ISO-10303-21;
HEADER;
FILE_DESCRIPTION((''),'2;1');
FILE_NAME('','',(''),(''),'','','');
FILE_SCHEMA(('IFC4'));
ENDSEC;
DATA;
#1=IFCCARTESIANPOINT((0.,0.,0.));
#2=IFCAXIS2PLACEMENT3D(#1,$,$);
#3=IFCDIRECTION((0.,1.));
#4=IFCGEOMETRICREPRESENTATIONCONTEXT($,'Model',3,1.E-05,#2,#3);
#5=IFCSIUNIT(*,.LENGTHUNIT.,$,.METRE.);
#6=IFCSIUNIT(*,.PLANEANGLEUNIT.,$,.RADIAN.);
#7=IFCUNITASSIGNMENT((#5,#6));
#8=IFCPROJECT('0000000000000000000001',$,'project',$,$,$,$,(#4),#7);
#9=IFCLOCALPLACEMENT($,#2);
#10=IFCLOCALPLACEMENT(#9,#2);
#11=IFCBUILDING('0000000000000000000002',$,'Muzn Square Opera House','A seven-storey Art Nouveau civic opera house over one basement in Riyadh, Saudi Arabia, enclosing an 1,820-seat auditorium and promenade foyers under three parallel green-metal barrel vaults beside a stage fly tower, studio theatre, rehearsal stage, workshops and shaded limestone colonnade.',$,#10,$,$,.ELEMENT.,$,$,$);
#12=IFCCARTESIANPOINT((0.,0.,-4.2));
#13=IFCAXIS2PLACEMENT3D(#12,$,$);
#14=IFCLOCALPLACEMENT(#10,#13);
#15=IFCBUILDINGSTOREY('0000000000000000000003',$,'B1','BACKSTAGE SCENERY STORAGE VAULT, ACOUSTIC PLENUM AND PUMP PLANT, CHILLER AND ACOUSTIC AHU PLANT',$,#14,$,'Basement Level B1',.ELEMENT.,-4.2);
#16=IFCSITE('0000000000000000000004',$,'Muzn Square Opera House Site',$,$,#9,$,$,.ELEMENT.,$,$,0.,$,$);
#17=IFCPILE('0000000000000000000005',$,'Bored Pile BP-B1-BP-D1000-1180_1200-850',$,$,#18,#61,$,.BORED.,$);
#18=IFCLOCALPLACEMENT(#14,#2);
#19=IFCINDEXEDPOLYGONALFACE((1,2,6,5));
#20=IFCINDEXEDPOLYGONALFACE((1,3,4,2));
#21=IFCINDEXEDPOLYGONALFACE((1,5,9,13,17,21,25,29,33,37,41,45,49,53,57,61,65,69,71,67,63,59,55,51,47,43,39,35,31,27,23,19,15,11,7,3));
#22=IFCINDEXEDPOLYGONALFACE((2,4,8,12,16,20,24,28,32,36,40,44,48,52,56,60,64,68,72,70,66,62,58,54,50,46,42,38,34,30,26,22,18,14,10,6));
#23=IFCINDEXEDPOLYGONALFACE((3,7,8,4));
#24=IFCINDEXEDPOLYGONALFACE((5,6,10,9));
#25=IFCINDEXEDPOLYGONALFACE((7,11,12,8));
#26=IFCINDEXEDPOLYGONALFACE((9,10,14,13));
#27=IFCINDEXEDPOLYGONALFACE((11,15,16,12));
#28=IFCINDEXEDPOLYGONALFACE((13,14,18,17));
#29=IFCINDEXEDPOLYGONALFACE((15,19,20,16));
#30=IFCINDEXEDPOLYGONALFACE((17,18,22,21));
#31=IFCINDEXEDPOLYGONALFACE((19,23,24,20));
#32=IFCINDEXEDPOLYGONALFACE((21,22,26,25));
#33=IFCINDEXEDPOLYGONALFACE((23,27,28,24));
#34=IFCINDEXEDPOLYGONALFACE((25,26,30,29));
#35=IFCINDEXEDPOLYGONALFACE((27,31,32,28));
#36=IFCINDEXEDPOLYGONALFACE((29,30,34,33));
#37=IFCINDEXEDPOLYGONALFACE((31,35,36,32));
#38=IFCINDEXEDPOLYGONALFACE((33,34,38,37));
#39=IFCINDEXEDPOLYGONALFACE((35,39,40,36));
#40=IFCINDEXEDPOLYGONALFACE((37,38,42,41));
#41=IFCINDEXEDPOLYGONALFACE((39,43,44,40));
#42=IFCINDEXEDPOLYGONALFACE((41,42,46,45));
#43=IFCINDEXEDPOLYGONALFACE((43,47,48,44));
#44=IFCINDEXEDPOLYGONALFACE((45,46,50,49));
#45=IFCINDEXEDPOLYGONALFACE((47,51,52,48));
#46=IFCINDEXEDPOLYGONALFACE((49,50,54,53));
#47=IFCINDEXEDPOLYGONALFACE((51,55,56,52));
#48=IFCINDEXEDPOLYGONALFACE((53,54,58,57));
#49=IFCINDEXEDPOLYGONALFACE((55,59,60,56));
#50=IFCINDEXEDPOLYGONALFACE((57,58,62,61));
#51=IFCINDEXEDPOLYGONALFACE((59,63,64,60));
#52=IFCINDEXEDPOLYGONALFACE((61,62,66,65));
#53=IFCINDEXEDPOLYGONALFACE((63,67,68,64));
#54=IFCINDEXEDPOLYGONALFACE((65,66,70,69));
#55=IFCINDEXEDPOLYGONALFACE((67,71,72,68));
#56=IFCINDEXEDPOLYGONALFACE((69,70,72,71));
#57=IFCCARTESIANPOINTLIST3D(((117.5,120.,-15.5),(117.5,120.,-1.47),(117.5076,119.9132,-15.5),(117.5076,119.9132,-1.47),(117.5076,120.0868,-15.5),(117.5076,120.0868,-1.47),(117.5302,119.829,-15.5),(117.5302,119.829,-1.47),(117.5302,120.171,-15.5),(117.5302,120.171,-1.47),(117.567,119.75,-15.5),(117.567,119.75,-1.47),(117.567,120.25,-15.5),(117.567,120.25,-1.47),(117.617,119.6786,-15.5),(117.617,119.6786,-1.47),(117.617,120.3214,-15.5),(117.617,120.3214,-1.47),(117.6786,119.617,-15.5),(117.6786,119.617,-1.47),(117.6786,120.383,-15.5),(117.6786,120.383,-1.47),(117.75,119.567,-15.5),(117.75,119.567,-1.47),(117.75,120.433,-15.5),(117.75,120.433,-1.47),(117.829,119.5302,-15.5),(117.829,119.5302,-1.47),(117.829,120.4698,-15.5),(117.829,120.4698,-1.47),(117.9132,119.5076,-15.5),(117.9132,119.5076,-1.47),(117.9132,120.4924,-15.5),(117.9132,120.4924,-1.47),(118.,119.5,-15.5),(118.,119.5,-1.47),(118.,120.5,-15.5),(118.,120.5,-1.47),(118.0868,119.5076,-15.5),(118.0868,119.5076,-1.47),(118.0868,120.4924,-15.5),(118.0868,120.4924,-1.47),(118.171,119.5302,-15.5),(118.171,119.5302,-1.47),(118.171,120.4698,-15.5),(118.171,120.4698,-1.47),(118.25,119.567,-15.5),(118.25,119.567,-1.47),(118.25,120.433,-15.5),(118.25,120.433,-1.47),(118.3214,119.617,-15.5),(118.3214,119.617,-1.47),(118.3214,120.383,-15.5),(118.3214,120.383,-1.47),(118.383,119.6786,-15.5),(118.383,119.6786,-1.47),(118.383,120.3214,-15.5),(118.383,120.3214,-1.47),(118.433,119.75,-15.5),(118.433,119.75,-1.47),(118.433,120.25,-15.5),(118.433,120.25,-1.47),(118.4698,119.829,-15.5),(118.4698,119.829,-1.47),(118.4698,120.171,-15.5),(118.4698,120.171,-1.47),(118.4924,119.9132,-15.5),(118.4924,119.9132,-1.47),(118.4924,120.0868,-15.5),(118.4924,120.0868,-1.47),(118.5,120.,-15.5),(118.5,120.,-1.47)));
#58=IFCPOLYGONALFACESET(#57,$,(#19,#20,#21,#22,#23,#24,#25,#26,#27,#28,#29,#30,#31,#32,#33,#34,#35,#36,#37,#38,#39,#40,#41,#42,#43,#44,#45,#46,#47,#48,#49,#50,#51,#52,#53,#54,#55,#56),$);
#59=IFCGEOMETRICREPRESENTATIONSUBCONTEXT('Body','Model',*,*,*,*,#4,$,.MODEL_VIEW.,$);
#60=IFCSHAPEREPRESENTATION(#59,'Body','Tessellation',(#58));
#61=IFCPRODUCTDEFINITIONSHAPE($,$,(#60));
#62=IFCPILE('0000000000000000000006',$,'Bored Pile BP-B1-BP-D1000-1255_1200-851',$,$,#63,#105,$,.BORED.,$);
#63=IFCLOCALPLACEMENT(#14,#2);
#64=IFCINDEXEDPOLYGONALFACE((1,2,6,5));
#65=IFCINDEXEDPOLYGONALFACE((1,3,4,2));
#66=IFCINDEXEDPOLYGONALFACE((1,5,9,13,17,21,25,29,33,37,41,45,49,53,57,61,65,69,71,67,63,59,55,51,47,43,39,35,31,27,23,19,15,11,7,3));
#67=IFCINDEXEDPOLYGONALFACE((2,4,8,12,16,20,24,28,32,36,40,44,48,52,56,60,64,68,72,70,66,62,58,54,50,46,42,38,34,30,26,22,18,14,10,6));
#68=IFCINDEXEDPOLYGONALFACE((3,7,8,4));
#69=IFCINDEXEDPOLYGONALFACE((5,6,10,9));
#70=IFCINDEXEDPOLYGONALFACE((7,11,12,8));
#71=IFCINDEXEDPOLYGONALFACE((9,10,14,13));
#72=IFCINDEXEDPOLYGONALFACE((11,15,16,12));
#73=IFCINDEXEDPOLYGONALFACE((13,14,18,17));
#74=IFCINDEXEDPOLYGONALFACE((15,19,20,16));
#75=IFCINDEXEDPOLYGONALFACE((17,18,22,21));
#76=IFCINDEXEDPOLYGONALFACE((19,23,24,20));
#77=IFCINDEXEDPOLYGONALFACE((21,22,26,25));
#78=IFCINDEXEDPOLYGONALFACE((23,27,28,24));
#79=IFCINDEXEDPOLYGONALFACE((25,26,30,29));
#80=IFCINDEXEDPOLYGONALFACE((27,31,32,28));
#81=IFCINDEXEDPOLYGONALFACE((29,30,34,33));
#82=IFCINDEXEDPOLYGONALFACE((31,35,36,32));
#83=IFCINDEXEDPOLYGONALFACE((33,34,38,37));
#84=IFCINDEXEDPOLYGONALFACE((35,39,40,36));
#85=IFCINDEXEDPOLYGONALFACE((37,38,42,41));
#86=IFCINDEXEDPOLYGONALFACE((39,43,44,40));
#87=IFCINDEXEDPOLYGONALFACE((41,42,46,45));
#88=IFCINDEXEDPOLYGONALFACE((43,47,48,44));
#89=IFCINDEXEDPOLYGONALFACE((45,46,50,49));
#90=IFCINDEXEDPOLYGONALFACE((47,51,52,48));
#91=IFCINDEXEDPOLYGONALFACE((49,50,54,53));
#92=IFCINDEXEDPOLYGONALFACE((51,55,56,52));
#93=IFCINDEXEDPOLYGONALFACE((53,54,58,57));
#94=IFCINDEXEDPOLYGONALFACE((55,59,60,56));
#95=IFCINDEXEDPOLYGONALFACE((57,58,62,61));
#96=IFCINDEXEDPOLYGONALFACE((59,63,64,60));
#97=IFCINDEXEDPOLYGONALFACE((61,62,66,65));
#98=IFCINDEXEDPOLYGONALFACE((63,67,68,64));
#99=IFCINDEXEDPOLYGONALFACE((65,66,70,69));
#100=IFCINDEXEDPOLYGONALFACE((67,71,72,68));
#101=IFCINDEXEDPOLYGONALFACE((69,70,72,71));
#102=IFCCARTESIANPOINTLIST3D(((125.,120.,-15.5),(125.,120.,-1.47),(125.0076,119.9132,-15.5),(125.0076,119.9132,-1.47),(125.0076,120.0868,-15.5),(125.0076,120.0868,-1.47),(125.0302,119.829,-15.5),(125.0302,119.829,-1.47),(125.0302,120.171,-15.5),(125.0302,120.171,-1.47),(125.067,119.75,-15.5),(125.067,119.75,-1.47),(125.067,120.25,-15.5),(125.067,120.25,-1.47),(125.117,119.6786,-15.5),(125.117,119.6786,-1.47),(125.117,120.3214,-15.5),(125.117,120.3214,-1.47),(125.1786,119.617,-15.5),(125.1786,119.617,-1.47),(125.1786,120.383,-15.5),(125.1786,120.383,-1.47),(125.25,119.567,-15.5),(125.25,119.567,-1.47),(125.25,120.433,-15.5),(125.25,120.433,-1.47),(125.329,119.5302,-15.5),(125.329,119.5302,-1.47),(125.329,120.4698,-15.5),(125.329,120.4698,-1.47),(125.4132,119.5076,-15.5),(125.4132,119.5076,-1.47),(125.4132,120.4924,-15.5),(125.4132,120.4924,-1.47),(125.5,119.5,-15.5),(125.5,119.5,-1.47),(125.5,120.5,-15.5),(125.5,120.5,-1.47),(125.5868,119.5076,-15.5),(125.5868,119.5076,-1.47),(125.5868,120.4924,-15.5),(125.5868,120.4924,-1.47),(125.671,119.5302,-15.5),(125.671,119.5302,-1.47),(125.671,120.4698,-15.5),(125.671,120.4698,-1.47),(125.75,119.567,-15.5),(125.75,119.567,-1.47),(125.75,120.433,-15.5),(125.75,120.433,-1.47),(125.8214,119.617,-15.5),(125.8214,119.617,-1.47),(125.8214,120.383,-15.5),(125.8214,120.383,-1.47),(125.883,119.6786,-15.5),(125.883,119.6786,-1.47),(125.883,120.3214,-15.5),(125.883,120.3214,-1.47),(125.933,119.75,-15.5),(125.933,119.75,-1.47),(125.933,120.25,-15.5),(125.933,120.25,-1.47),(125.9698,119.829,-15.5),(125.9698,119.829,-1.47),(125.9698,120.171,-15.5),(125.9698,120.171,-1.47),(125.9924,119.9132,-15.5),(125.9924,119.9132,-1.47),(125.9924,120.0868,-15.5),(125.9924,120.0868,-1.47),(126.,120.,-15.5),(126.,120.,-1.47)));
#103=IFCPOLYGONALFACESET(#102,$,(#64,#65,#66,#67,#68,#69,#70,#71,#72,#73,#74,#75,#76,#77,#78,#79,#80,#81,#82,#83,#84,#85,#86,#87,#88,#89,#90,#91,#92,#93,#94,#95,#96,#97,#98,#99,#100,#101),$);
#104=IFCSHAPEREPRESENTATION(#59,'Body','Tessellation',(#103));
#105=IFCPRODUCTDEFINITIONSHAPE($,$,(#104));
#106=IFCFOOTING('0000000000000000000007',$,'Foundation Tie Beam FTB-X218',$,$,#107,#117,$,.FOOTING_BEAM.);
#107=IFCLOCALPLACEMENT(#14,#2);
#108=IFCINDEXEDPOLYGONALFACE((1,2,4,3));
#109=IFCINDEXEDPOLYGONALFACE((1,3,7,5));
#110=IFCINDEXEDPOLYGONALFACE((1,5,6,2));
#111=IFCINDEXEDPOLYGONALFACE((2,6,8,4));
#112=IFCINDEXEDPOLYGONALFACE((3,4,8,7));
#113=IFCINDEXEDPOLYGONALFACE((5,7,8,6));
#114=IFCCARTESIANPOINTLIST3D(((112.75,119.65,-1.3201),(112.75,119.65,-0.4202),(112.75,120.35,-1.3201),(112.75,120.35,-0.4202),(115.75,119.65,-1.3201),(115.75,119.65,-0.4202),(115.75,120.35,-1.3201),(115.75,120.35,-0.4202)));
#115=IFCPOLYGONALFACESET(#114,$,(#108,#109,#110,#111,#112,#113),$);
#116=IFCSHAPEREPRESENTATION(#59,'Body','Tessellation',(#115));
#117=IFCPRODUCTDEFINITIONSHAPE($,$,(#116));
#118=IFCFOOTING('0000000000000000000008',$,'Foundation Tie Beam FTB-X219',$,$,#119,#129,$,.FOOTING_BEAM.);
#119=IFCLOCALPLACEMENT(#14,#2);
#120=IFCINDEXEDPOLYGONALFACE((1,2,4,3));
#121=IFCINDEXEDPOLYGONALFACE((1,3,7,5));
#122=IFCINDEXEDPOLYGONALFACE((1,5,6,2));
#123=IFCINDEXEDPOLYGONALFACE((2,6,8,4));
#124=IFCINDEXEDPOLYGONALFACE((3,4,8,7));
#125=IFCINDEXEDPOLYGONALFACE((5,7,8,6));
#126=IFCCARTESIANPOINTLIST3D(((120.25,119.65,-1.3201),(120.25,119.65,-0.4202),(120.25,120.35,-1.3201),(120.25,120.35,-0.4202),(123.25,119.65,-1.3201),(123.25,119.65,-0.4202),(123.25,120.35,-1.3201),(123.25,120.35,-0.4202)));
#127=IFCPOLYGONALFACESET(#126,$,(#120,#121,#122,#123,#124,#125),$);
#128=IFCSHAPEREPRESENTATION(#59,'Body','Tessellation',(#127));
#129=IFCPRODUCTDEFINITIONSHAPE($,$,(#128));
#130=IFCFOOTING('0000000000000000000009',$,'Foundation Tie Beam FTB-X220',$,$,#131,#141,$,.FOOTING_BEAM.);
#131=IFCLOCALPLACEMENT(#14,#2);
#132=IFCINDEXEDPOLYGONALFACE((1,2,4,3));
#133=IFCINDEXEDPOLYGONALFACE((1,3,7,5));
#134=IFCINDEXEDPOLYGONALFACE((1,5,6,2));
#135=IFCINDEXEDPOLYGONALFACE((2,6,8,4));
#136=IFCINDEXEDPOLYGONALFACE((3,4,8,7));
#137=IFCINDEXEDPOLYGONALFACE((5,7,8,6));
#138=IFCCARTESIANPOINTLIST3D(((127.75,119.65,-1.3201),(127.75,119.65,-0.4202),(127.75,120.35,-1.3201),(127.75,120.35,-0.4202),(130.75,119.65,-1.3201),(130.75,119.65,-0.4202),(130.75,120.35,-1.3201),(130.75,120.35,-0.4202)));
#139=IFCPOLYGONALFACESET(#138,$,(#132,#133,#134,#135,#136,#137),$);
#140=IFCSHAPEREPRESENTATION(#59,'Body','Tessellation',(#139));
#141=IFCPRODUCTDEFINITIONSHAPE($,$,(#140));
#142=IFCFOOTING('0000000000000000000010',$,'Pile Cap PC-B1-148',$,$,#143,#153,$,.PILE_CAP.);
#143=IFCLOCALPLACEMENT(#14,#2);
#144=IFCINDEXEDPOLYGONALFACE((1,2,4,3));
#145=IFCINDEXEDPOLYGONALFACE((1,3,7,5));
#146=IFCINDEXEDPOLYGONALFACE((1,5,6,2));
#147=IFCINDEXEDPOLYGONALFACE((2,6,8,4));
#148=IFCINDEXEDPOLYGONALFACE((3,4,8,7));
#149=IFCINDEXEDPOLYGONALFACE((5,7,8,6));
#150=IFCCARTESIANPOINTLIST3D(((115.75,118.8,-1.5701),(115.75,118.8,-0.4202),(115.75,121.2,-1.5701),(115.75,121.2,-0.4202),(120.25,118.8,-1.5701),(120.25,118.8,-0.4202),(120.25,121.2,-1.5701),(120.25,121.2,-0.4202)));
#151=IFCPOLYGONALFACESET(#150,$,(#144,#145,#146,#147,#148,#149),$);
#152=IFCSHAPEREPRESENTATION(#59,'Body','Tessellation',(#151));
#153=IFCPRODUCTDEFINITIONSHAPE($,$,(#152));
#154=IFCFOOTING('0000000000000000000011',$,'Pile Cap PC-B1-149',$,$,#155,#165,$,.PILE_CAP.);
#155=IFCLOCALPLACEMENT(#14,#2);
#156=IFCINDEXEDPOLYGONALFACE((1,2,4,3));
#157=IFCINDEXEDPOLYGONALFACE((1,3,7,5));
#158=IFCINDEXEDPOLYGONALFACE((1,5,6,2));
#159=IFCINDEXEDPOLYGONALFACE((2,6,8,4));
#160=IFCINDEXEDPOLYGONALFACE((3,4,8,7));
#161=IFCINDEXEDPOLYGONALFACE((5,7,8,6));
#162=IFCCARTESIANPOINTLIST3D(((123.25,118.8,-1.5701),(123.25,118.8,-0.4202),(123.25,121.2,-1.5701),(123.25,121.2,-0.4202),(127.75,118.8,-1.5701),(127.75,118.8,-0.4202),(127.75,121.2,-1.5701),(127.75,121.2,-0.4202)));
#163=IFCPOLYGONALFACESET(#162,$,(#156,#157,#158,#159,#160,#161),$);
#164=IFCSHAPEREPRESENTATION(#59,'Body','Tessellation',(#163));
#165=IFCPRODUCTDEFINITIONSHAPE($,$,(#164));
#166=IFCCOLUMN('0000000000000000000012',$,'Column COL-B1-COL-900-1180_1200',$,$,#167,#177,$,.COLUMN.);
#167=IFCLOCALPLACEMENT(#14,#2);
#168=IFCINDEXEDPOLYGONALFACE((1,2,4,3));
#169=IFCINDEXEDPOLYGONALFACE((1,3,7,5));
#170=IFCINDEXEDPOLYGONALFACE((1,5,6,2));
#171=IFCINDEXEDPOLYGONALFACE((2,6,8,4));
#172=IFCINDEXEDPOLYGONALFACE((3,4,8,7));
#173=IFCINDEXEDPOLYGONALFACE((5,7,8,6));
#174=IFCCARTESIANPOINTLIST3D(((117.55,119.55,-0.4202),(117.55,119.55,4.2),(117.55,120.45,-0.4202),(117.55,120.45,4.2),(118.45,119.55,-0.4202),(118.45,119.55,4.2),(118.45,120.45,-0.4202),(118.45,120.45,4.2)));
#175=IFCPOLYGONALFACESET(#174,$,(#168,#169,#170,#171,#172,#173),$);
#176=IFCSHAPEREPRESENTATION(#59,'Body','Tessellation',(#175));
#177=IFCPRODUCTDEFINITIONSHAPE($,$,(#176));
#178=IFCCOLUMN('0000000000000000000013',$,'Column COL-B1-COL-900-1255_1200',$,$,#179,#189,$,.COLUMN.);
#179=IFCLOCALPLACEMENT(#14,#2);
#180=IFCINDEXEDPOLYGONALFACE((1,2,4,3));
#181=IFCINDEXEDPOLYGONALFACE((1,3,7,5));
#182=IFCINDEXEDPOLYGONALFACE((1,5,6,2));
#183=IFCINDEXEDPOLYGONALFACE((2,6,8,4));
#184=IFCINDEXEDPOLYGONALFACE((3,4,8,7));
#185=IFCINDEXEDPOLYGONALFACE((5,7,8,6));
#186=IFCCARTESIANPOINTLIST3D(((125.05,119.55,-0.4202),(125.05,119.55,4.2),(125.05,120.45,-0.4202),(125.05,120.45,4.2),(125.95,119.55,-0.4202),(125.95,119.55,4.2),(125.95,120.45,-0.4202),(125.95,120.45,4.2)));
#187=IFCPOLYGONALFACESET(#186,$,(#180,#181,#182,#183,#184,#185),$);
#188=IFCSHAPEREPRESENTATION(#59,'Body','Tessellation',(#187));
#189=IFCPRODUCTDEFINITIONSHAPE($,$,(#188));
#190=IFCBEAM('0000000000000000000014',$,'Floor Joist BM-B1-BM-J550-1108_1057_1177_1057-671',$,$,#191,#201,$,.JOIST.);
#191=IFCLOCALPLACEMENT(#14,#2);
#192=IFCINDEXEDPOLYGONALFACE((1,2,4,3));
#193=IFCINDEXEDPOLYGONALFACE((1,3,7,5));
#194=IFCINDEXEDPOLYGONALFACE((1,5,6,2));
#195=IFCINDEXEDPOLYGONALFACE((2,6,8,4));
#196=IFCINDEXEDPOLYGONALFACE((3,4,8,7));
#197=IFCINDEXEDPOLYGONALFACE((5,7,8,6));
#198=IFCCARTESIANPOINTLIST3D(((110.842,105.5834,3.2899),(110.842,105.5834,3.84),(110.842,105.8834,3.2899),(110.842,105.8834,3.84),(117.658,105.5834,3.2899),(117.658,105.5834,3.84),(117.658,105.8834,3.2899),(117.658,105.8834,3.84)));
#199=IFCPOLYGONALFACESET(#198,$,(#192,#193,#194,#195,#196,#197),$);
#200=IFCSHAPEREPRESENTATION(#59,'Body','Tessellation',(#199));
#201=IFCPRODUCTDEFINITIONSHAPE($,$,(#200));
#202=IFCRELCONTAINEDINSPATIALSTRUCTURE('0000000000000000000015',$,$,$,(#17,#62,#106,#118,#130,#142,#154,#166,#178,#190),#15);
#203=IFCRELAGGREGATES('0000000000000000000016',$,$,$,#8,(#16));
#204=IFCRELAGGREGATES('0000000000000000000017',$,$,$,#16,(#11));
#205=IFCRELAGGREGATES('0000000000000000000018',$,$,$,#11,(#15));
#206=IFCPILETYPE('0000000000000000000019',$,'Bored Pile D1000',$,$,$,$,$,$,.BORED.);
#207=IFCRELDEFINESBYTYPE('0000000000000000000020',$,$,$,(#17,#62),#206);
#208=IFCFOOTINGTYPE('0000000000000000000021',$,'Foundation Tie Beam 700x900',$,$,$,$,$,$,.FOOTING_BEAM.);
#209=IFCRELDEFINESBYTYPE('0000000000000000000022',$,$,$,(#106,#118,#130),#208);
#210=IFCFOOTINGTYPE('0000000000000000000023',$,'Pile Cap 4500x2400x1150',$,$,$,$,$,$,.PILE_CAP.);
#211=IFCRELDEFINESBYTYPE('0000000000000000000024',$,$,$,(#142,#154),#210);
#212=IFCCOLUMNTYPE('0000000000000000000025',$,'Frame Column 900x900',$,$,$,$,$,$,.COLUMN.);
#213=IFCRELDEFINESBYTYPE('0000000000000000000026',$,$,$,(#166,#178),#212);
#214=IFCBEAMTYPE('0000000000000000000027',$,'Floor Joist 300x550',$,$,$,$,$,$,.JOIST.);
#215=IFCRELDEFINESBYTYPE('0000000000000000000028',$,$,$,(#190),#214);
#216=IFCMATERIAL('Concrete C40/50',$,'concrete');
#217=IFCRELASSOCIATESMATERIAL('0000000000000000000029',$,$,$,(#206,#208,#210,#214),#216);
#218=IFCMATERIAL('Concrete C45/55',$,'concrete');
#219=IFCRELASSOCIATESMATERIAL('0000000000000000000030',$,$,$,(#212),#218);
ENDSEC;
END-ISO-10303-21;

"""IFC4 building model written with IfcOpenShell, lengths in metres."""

from ifc_helpers import new_model, si_unit, direction, frame, origin, origin_2d, place, context, subcontext, project, spatial, rectangle, circle, extrude, material, material_profile, profile_set, type_object, element, save


model = new_model("IFC4")

# Units and contexts
model_context = context("Model", 3, precision=1e-05, world=origin(), true_north=direction((0.0, 1.0)))
body_context = subcontext(model_context, "Body", "Model", "MODEL_VIEW")
ifc_project = project(units=[si_unit("LENGTHUNIT", "METRE"), si_unit("PLANEANGLEUNIT", "RADIAN")], contexts=[model_context])

# Site, building, storey
site_placement = place(None, origin())
site = spatial("IfcSite", under=ifc_project, at=site_placement, Name="Muzn Square Opera House Site", CompositionType="ELEMENT", RefElevation=0.0)
building_placement = place(site_placement, origin())
building = spatial("IfcBuilding", under=site, at=building_placement, Name="Muzn Square Opera House", Description="A seven-storey Art Nouveau civic opera house over one basement in Riyadh, Saudi Arabia, enclosing an 1,820-seat auditorium and promenade foyers under three parallel green-metal barrel vaults beside a stage fly tower, studio theatre, rehearsal stage, workshops and shaded limestone colonnade.", CompositionType="ELEMENT")
storey_placement = place(building_placement, frame((0.0, 0.0, -4.2)))
storey = spatial("IfcBuildingStorey", under=building, at=storey_placement, Name="B1", Description="BACKSTAGE SCENERY STORAGE VAULT, ACOUSTIC PLENUM AND PUMP PLANT, CHILLER AND ACOUSTIC AHU PLANT", LongName="Basement Level B1", CompositionType="ELEMENT", Elevation=-4.2)

# Piles
ifc_material_1 = material(Name="Concrete C40/50", Category="concrete")
ifc_material_profile_1 = material_profile(ifc_material_1, circle(Radius=0.5, at=origin_2d()), Name="BORED PILE D1000", Category="concrete")
ifc_profile_set_1 = profile_set([ifc_material_profile_1], Name="Concrete C40/50")
pile_type = type_object("IfcPileType", Name="Bored Pile D1000", PredefinedType="BORED", material=ifc_profile_set_1)
for number, where, z_axis, x_axis, name in (
    (1, (118.0, 120.0, -1.47), (0.0, 0.0, -1.0), (1.0, 0.0, 0.0), "Bored Pile BP-B1-BP-D1000-1180_1200-850"),
    (2, (125.5, 120.0, -1.47), (0.0, 0.0, -1.0), (1.0, 0.0, 0.0), "Bored Pile BP-B1-BP-D1000-1255_1200-851"),
):
    element("IfcPile", number, at=place(storey_placement, frame(where, z_axis=z_axis, x_axis=x_axis)), inside=storey, type_object=pile_type, Name=name, PredefinedType="BORED", context=body_context, shape_type="SweptSolid", body=[
        extrude(circle(Radius=0.5, at=origin_2d()), origin(), (0.0, 0.0, 1.0), 14.03),
    ])

# Footings
ifc_material_profile_2 = material_profile(ifc_material_1, rectangle(XDim=0.7, YDim=0.8999, at=origin_2d()), Name="RCTB 700x900", Category="concrete")
ifc_profile_set_2 = profile_set([ifc_material_profile_2], Name="Concrete C40/50")
footing_type_1 = type_object("IfcFootingType", Name="Foundation Tie Beam 700x900", PredefinedType="FOOTING_BEAM", material=ifc_profile_set_2)
for number, where, z_axis, x_axis, name in (
    (3, (112.75, 120.0, -0.8701), (1.0, 0.0, 0.0), (0.0, 1.0, 0.0), "Foundation Tie Beam FTB-X218"),
    (4, (120.25, 120.0, -0.8701), (1.0, 0.0, 0.0), (0.0, 1.0, 0.0), "Foundation Tie Beam FTB-X219"),
    (5, (127.75, 120.0, -0.8701), (1.0, 0.0, 0.0), (0.0, 1.0, 0.0), "Foundation Tie Beam FTB-X220"),
):
    element("IfcFooting", number, at=place(storey_placement, frame(where, z_axis=z_axis, x_axis=x_axis)), inside=storey, type_object=footing_type_1, Name=name, PredefinedType="FOOTING_BEAM", context=body_context, shape_type="SweptSolid", body=[
        extrude(rectangle(XDim=0.7, YDim=0.8999, at=origin_2d()), origin(), (0.0, 0.0, 1.0), 3.0),
    ])
footing_type_2 = type_object("IfcFootingType", Name="Pile Cap 4500x2400x1150", PredefinedType="PILE_CAP", material=ifc_material_1)
for number, where, z_axis, x_axis, name in (
    (6, (118.0, 120.0, -1.5701), (0.0, 0.0, 1.0), (1.0, 0.0, 0.0), "Pile Cap PC-B1-148"),
    (7, (125.5, 120.0, -1.5701), (0.0, 0.0, 1.0), (1.0, 0.0, 0.0), "Pile Cap PC-B1-149"),
):
    element("IfcFooting", number, at=place(storey_placement, frame(where, z_axis=z_axis, x_axis=x_axis)), inside=storey, type_object=footing_type_2, Name=name, PredefinedType="PILE_CAP", context=body_context, shape_type="SweptSolid", body=[
        extrude(rectangle(XDim=4.5, YDim=2.3999, at=origin_2d()), origin(), (0.0, 0.0, 1.0), 1.1499),
    ])

# Columns
ifc_material_2 = material(Name="Concrete C45/55", Category="concrete")
ifc_material_profile_3 = material_profile(ifc_material_2, rectangle(XDim=0.8999, YDim=0.8999, at=origin_2d()), Name="RC 900x900", Category="concrete")
ifc_profile_set_3 = profile_set([ifc_material_profile_3], Name="Concrete C45/55")
column_type = type_object("IfcColumnType", Name="Frame Column 900x900", PredefinedType="COLUMN", material=ifc_profile_set_3)
for number, where, z_axis, x_axis, name in (
    (8, (118.0, 120.0, -0.4202), (0.0, 0.0, 1.0), (1.0, 0.0, 0.0), "Column COL-B1-COL-900-1180_1200"),
    (9, (125.5, 120.0, -0.4202), (0.0, 0.0, 1.0), (1.0, 0.0, 0.0), "Column COL-B1-COL-900-1255_1200"),
):
    element("IfcColumn", number, at=place(storey_placement, frame(where, z_axis=z_axis, x_axis=x_axis)), inside=storey, type_object=column_type, Name=name, PredefinedType="COLUMN", context=body_context, shape_type="SweptSolid", body=[
        extrude(rectangle(XDim=0.8999, YDim=0.8999, at=origin_2d()), origin(), (0.0, 0.0, 1.0), 4.6201),
    ])

# Beam
ifc_material_profile_4 = material_profile(ifc_material_1, rectangle(XDim=0.3, YDim=0.55, at=origin_2d()), Name="RCJ 300x550", Category="concrete")
ifc_profile_set_4 = profile_set([ifc_material_profile_4], Name="Concrete C40/50")
beam_type_1 = type_object("IfcBeamType", Name="Floor Joist 300x550", PredefinedType="JOIST", material=ifc_profile_set_4)
for number, where, z_axis, x_axis, name in (
    (10, (110.842, 105.7334, 3.5649), (1.0, 0.0, 0.0), (0.0, 1.0, 0.0), "Floor Joist BM-B1-BM-J550-1108_1057_1177_1057-671"),
):
    element("IfcBeam", number, at=place(storey_placement, frame(where, z_axis=z_axis, x_axis=x_axis)), inside=storey, type_object=beam_type_1, Name=name, PredefinedType="JOIST", context=body_context, shape_type="SweptSolid", body=[
        extrude(rectangle(XDim=0.3, YDim=0.55, at=origin_2d()), origin(), (0.0, 0.0, 1.0), 6.8159),
    ])

save(model, "model.ifc")
